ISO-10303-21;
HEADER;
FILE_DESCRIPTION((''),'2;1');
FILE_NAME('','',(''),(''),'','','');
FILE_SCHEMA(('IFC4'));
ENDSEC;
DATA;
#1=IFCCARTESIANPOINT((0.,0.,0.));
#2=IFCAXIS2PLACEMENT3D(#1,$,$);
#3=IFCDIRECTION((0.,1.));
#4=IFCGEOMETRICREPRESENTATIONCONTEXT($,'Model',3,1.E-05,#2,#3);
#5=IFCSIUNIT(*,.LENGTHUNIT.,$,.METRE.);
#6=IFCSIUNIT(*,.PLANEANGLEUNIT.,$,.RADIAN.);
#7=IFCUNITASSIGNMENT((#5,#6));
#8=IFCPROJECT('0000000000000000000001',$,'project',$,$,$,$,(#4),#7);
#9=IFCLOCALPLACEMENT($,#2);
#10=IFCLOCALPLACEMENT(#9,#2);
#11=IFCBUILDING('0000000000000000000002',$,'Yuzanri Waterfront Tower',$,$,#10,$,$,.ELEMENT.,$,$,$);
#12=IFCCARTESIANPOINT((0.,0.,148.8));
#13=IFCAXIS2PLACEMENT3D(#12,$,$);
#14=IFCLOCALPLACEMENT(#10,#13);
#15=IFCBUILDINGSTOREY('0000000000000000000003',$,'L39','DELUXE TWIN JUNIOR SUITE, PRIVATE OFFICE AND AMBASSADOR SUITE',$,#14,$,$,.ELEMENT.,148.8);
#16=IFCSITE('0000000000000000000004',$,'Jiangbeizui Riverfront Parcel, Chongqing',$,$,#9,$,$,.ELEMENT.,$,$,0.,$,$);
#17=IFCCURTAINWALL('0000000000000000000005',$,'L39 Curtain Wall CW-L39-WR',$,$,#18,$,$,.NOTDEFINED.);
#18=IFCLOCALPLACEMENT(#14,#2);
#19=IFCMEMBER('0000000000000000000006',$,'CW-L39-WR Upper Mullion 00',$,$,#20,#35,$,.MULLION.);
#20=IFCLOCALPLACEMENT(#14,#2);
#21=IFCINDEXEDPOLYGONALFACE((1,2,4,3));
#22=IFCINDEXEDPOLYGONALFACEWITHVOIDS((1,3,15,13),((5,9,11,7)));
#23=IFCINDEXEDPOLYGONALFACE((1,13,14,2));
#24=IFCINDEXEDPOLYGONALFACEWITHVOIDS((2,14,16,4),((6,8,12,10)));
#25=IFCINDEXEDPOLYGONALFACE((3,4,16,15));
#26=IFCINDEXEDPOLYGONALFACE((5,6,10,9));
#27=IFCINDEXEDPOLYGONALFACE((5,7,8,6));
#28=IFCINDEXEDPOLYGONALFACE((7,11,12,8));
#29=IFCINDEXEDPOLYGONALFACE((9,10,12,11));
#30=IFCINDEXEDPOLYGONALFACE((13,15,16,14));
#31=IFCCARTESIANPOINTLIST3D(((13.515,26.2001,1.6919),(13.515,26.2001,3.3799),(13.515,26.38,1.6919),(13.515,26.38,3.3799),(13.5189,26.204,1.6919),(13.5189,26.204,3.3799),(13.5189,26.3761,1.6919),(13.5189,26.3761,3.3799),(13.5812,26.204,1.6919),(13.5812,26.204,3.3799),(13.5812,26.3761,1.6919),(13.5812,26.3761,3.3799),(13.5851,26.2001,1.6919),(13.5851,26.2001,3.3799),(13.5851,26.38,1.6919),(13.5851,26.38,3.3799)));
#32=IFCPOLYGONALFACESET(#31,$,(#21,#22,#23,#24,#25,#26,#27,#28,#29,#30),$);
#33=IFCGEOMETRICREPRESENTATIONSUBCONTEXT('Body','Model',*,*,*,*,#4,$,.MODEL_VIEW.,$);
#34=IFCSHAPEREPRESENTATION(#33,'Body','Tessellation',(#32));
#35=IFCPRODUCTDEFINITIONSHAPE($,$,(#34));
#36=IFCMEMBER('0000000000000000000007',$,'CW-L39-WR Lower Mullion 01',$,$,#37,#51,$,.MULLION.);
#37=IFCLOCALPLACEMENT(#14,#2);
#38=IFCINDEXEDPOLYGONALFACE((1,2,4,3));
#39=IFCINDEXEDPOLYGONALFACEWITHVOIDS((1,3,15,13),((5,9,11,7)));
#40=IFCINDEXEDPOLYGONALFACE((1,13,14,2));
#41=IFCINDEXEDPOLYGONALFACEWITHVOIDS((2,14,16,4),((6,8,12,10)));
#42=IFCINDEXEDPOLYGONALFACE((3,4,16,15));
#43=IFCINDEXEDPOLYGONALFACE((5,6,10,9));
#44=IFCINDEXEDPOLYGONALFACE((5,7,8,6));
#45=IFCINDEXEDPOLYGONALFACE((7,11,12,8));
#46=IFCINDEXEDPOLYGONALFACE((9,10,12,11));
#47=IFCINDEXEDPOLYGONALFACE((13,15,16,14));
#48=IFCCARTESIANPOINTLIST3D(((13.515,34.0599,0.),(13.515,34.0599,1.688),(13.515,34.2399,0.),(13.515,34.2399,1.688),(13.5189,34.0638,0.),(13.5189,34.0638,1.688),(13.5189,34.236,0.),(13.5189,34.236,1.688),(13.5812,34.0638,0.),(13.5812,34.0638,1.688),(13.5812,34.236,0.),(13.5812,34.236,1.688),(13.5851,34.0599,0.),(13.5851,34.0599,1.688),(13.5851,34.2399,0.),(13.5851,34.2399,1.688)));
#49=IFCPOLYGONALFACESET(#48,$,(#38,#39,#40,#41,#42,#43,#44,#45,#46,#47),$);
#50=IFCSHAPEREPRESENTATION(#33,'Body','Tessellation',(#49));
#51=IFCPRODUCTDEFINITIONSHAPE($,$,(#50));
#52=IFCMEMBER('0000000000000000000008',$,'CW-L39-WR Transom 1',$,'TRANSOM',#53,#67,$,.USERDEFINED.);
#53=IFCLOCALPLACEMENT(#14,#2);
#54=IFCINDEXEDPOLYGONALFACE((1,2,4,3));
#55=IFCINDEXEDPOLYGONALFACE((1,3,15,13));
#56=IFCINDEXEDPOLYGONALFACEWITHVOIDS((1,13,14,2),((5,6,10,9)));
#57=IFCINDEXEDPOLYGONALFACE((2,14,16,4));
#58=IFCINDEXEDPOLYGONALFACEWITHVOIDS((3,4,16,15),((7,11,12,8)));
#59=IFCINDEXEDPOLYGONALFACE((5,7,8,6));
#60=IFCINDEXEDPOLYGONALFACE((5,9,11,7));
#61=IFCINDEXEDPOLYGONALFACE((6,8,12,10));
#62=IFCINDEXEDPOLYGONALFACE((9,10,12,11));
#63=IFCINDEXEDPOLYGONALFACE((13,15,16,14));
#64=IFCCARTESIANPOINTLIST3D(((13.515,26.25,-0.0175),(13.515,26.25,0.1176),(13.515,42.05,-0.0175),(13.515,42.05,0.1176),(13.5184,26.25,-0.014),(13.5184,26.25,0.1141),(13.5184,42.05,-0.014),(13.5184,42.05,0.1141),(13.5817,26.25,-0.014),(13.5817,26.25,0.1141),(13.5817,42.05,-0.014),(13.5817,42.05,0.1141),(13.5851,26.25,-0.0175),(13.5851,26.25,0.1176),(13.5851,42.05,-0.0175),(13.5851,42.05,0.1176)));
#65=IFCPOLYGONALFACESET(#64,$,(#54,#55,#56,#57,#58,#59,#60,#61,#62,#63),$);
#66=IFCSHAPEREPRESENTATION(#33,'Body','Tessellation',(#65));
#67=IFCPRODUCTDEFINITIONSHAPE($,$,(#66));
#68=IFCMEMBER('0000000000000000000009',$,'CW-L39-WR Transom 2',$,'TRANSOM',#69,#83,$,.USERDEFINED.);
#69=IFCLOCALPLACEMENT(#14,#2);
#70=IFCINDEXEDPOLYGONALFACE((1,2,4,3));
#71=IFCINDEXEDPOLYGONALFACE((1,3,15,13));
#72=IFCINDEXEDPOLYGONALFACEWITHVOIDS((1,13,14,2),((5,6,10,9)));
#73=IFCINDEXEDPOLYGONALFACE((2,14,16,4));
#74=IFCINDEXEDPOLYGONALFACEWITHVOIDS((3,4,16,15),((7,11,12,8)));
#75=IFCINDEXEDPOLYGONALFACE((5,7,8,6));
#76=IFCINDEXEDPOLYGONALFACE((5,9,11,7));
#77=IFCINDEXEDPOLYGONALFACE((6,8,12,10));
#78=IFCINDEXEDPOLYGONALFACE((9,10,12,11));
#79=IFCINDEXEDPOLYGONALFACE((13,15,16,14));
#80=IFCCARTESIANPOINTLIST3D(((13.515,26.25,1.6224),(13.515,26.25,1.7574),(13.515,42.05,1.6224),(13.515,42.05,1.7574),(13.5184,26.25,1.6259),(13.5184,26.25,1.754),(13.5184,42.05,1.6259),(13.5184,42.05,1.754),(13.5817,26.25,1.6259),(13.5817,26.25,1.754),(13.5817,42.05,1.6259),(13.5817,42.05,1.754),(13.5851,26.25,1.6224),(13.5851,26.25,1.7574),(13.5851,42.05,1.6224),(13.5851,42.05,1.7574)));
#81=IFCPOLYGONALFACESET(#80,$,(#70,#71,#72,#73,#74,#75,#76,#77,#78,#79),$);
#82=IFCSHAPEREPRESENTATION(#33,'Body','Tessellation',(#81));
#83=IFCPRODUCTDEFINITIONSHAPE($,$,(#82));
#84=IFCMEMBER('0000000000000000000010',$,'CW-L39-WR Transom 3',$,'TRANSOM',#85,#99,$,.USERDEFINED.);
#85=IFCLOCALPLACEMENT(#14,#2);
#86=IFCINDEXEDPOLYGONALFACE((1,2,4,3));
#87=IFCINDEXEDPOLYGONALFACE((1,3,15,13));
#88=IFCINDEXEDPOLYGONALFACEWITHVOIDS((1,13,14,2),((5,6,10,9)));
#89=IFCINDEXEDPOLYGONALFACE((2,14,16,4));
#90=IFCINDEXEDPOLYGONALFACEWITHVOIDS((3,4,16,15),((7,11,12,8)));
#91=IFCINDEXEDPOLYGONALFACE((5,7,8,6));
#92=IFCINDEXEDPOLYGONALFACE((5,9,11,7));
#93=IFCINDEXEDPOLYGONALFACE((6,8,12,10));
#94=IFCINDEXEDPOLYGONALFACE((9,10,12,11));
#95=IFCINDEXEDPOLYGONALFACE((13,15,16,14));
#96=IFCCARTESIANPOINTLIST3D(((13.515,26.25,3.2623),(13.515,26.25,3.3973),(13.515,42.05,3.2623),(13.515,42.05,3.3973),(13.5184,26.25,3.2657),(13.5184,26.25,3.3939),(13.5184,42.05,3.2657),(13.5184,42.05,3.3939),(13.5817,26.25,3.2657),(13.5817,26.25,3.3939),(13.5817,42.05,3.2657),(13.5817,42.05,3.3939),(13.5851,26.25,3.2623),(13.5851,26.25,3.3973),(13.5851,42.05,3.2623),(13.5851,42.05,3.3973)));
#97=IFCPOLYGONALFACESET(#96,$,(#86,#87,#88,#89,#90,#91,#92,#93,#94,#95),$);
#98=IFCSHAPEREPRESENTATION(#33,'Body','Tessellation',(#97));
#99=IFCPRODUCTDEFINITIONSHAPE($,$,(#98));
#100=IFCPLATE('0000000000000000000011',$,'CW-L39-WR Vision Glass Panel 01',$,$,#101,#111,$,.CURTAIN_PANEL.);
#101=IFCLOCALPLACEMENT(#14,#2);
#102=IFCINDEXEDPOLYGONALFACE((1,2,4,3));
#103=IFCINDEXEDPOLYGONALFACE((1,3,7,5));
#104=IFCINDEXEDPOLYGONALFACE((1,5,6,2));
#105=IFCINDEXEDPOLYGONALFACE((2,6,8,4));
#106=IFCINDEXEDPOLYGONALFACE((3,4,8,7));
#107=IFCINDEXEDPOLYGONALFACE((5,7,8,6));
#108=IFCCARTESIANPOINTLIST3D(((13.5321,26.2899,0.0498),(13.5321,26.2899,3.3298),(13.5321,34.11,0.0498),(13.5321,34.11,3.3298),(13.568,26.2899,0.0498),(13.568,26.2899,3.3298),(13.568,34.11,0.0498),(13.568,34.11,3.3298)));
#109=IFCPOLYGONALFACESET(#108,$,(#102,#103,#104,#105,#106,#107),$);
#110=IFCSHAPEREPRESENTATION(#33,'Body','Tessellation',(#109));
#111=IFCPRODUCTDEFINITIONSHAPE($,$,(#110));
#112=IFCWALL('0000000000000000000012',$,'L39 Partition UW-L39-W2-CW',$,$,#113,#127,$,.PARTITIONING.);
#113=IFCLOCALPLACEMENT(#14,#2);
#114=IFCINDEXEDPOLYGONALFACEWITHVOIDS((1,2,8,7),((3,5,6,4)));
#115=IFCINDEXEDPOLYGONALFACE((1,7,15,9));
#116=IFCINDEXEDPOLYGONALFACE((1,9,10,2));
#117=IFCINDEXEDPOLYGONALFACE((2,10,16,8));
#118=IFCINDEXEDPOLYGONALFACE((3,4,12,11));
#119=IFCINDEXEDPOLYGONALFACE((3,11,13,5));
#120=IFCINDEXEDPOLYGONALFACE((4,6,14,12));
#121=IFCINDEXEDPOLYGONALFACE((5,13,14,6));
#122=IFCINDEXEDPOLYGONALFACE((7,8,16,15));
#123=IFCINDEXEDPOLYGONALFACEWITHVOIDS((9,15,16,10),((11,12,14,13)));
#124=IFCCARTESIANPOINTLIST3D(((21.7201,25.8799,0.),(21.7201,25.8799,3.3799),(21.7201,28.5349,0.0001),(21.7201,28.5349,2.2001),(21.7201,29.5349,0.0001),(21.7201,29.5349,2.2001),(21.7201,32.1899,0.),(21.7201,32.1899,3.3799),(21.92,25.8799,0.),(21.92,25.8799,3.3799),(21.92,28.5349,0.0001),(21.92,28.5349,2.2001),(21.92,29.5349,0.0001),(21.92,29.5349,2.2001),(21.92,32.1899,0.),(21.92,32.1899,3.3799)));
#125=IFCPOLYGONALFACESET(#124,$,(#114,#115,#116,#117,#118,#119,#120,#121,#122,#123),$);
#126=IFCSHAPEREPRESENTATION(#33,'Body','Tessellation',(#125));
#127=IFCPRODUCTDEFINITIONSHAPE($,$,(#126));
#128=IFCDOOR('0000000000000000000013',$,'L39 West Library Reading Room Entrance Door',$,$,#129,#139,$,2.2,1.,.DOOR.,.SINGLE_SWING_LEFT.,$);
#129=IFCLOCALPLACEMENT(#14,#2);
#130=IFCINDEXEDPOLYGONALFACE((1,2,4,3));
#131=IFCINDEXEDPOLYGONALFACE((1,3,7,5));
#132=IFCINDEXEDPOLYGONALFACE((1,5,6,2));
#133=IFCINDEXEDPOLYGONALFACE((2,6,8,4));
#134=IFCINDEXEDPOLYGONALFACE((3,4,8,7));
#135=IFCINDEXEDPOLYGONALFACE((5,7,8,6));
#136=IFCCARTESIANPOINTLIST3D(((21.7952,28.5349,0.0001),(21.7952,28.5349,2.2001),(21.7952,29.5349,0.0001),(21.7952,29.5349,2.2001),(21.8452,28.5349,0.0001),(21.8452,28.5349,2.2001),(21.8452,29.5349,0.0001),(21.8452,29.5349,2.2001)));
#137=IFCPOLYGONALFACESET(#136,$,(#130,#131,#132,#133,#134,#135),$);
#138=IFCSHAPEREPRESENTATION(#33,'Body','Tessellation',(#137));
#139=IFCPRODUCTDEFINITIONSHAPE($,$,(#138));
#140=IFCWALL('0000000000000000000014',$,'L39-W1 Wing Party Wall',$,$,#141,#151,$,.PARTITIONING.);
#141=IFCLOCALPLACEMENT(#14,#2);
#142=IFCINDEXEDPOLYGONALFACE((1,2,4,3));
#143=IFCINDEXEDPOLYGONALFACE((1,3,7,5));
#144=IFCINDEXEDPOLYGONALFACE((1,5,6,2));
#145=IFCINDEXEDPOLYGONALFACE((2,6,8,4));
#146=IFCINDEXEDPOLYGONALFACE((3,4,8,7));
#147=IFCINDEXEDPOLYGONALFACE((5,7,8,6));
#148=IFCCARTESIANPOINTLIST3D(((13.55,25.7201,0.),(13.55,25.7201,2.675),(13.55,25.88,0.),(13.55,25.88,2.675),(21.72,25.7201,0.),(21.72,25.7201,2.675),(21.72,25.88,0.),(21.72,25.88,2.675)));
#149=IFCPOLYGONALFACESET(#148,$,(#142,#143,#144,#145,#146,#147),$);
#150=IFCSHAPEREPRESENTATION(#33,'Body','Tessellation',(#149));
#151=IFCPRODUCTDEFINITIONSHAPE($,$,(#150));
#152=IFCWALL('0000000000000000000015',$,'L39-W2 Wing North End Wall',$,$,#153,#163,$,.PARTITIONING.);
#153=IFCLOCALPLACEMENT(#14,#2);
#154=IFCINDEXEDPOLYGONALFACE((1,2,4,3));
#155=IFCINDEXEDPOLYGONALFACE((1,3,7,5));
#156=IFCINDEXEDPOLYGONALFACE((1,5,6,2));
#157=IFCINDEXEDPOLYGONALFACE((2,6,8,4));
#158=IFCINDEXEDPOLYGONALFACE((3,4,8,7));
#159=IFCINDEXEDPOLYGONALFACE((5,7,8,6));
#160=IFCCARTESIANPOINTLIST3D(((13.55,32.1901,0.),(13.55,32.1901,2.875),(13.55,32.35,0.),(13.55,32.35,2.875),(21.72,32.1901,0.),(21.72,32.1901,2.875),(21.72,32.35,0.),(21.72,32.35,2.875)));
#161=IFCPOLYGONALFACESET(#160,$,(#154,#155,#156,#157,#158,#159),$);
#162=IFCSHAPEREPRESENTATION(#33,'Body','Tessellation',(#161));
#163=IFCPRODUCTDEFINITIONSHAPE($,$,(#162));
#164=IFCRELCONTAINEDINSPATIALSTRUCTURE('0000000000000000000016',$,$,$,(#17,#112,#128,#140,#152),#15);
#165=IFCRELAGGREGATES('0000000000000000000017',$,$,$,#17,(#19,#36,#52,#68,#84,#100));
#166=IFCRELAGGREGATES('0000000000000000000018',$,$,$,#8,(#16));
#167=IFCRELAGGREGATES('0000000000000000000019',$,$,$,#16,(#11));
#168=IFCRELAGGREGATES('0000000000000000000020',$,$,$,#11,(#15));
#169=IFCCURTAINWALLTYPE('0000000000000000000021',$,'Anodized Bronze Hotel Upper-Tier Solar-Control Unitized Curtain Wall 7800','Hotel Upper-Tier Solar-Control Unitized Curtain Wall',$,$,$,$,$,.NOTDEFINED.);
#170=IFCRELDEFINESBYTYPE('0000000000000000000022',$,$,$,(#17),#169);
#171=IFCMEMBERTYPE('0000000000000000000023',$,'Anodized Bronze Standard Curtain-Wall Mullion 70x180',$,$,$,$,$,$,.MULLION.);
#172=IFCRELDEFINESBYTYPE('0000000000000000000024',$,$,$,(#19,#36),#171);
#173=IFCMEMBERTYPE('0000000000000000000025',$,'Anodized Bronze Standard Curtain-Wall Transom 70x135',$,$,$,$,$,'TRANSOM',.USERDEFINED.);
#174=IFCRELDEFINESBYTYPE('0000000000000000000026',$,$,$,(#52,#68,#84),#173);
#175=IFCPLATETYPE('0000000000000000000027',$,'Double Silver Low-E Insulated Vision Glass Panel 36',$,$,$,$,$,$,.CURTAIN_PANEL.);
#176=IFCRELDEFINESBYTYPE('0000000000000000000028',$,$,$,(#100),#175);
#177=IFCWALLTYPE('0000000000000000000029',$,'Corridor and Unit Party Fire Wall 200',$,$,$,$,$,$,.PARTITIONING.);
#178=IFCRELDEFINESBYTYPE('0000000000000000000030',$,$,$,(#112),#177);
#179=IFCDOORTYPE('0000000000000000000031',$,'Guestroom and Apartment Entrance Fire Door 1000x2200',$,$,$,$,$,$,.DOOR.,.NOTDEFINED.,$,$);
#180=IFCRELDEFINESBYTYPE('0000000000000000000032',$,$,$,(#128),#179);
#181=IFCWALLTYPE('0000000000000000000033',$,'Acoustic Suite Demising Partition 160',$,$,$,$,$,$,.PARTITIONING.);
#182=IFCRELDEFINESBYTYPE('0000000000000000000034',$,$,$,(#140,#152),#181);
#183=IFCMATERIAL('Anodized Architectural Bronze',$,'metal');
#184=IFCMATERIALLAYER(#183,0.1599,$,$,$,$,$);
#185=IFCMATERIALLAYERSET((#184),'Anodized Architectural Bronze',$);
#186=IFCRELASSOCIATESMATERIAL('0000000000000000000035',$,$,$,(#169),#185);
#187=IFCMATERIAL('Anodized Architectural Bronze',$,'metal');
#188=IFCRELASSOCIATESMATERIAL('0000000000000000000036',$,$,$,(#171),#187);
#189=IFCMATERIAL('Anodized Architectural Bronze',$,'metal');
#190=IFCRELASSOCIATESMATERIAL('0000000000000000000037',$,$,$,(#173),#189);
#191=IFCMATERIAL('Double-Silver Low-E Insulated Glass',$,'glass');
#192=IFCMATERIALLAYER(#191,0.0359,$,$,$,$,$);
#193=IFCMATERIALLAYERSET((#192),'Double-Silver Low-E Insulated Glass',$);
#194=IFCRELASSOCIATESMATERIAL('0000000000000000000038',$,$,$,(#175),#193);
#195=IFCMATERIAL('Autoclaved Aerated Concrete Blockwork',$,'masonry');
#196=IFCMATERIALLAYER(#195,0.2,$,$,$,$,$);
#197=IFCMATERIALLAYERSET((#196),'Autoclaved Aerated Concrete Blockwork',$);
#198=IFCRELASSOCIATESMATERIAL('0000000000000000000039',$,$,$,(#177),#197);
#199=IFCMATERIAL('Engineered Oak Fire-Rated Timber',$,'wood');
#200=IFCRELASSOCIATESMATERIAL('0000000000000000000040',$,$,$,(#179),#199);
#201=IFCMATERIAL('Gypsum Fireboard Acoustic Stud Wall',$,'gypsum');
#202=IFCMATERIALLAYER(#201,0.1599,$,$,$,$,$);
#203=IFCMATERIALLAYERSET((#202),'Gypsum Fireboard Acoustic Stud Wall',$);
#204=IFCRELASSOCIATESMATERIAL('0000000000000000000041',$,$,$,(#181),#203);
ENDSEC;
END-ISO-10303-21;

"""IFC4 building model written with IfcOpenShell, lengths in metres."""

from ifc_helpers import new_model, si_unit, direction, frame, frame_2d, origin, origin_2d, place, context, subcontext, project, spatial, rectangle, hollow_rectangle, extrude, source, transform, mapped, material, layer, layer_set, material_profile, profile_set, type_object, element, fill, aggregate, save


model = new_model("IFC4")

# Units and contexts
model_context = context("Model", 3, precision=1e-05, world=origin(), true_north=direction((0.0, 1.0)))
body_context = subcontext(model_context, "Body", "Model", "MODEL_VIEW")
ifc_project = project(units=[si_unit("LENGTHUNIT", "METRE"), si_unit("PLANEANGLEUNIT", "RADIAN")], contexts=[model_context])

# Site, building, storey
site_placement = place(None, origin())
site = spatial("IfcSite", under=ifc_project, at=site_placement, Name="Jiangbeizui Riverfront Parcel, Chongqing", CompositionType="ELEMENT", RefElevation=0.0)
building_placement = place(site_placement, origin())
building = spatial("IfcBuilding", under=site, at=building_placement, Name="Yuzanri Waterfront Tower", CompositionType="ELEMENT")
storey_placement = place(building_placement, frame((0.0, 0.0, 148.8)))
storey = spatial("IfcBuildingStorey", under=building, at=storey_placement, Name="L39", Description="DELUXE TWIN JUNIOR SUITE, PRIVATE OFFICE AND AMBASSADOR SUITE", CompositionType="ELEMENT", Elevation=148.8)

# Shared definitions
ifc_material_1 = material(Name="Anodized Architectural Bronze", Category="metal")
ifc_layer_1 = layer(ifc_material_1, 0.1599)
ifc_layer_set_1 = layer_set([ifc_layer_1], Name="Anodized Architectural Bronze")
curtain_wall_type = type_object("IfcCurtainWallType", Name="Anodized Bronze Hotel Upper-Tier Solar-Control Unitized Curtain Wall 7800", Description="Hotel Upper-Tier Solar-Control Unitized Curtain Wall", PredefinedType="NOTDEFINED", material=ifc_layer_set_1)
ifc_material_2 = material(Name="Anodized Architectural Bronze", Category="metal")
ifc_material_profile_1 = material_profile(ifc_material_2, hollow_rectangle(XDim=0.0701, YDim=0.1799, WallThickness=0.0039, at=origin_2d()), Name="CWM 70x180")
ifc_profile_set_1 = profile_set([ifc_material_profile_1], Name="Anodized Architectural Bronze")
member_type_1 = type_object("IfcMemberType", Name="Anodized Bronze Standard Curtain-Wall Mullion 70x180", PredefinedType="MULLION", material=ifc_profile_set_1)
shared_shape_1 = source(origin(), body_context, "Body", "SweptSolid", [
    extrude(hollow_rectangle(XDim=0.0701, YDim=0.1799, WallThickness=0.0039, at=origin_2d()), origin(), (0.0, 0.0, 1.0), 1.688),
])

# Curtain wall, members, plate
curtain_wall_1_placement = place(storey_placement, origin())
curtain_wall_1 = element("IfcCurtainWall", 1, at=curtain_wall_1_placement, inside=storey, type_object=curtain_wall_type, Name="L39 Curtain Wall CW-L39-WR", PredefinedType="NOTDEFINED")
member_1_placement = place(storey_placement, frame((13.55, 26.29, 1.6919), z_axis=(0.0, 0.0, 1.0), x_axis=(1.0, 0.0, 0.0)))
member_1 = element("IfcMember", 2, at=member_1_placement, type_object=member_type_1, Name="CW-L39-WR Upper Mullion 00", PredefinedType="MULLION", context=body_context, shape_type="MappedRepresentation", body=[
    mapped(shared_shape_1, transform((0.0, 0.0, 0.0), scale=1.0)),
])
member_2_placement = place(storey_placement, frame((13.55, 34.1499, 0.0), z_axis=(0.0, 0.0, 1.0), x_axis=(1.0, 0.0, 0.0)))
member_2 = element("IfcMember", 3, at=member_2_placement, type_object=member_type_1, Name="CW-L39-WR Lower Mullion 01", PredefinedType="MULLION", context=body_context, shape_type="MappedRepresentation", body=[
    mapped(shared_shape_1, transform((0.0, 0.0, 0.0), scale=1.0)),
])
ifc_material_3 = material(Name="Anodized Architectural Bronze", Category="metal")
ifc_material_profile_2 = material_profile(ifc_material_3, hollow_rectangle(XDim=0.0701, YDim=0.135, WallThickness=0.0034, at=origin_2d()), Name="CWT 70x135")
ifc_profile_set_2 = profile_set([ifc_material_profile_2], Name="Anodized Architectural Bronze")
member_type_2 = type_object("IfcMemberType", Name="Anodized Bronze Standard Curtain-Wall Transom 70x135", ElementType="TRANSOM", PredefinedType="USERDEFINED", material=ifc_profile_set_2)
shared_shape_2 = source(origin(), body_context, "Body", "SweptSolid", [
    extrude(hollow_rectangle(XDim=0.0701, YDim=0.135, WallThickness=0.0034, at=origin_2d()), origin(), (0.0, 0.0, 1.0), 15.8),
])
member_3_placement = place(storey_placement, frame((13.55, 26.25, 0.05), z_axis=(0.0, 1.0, 0.0), x_axis=(-1.0, 0.0, 0.0)))
member_3 = element("IfcMember", 4, at=member_3_placement, type_object=member_type_2, Name="CW-L39-WR Transom 1", ObjectType="TRANSOM", PredefinedType="USERDEFINED", context=body_context, shape_type="MappedRepresentation", body=[
    mapped(shared_shape_2, transform((0.0, 0.0, 0.0), scale=1.0)),
])
member_4_placement = place(storey_placement, frame((13.55, 26.25, 1.6899), z_axis=(0.0, 1.0, 0.0), x_axis=(-1.0, 0.0, 0.0)))
member_4 = element("IfcMember", 5, at=member_4_placement, type_object=member_type_2, Name="CW-L39-WR Transom 2", ObjectType="TRANSOM", PredefinedType="USERDEFINED", context=body_context, shape_type="MappedRepresentation", body=[
    mapped(shared_shape_2, transform((0.0, 0.0, 0.0), scale=1.0)),
])
member_5_placement = place(storey_placement, frame((13.55, 26.25, 3.3298), z_axis=(0.0, 1.0, 0.0), x_axis=(-1.0, 0.0, 0.0)))
member_5 = element("IfcMember", 6, at=member_5_placement, type_object=member_type_2, Name="CW-L39-WR Transom 3", ObjectType="TRANSOM", PredefinedType="USERDEFINED", context=body_context, shape_type="MappedRepresentation", body=[
    mapped(shared_shape_2, transform((0.0, 0.0, 0.0), scale=1.0)),
])
ifc_material_4 = material(Name="Double-Silver Low-E Insulated Glass", Category="glass")
ifc_layer_2 = layer(ifc_material_4, 0.0359)
ifc_layer_set_2 = layer_set([ifc_layer_2], Name="Double-Silver Low-E Insulated Glass")
plate_type = type_object("IfcPlateType", Name="Double Silver Low-E Insulated Vision Glass Panel 36", PredefinedType="CURTAIN_PANEL", material=ifc_layer_set_2)
shared_shape_3 = source(origin(), body_context, "Body", "SweptSolid", [
    extrude(rectangle(XDim=7.8201, YDim=0.0359, at=origin_2d()), origin(), (0.0, 0.0, 1.0), 3.28),
])
plate_placement = place(storey_placement, frame((13.55, 30.2, 0.0498), z_axis=(0.0, 0.0, 1.0), x_axis=(0.0, 1.0, 0.0)))
plate = element("IfcPlate", 7, at=plate_placement, type_object=plate_type, Name="CW-L39-WR Vision Glass Panel 01", PredefinedType="CURTAIN_PANEL", context=body_context, shape_type="MappedRepresentation", body=[
    mapped(shared_shape_3, transform((0.0, 0.0, 0.0), scale=1.0)),
])
aggregate(curtain_wall_1, [member_1, member_2, member_3, member_4, member_5, plate])

# Wall, opening, door
ifc_material_5 = material(Name="Autoclaved Aerated Concrete Blockwork", Category="masonry")
ifc_layer_3 = layer(ifc_material_5, 0.2)
ifc_layer_set_3 = layer_set([ifc_layer_3], Name="Autoclaved Aerated Concrete Blockwork")
wall_type_1 = type_object("IfcWallType", Name="Corridor and Unit Party Fire Wall 200", PredefinedType="PARTITIONING", material=ifc_layer_set_3)
wall_1_placement = place(storey_placement, frame((21.8201, 25.8799, 0.0), z_axis=(0.0, 0.0, 1.0), x_axis=(0.0, 1.0, 0.0)))
wall_1 = element("IfcWall", 8, at=wall_1_placement, inside=storey, type_object=wall_type_1, Name="L39 Partition UW-L39-W2-CW", PredefinedType="PARTITIONING", context=body_context, shape_type="SweptSolid", body=[
    extrude(rectangle(XDim=6.3101, YDim=0.2, at=frame_2d((3.155, 0.0))), origin(), (0.0, 0.0, 1.0), 3.3799),
])
opening_1_placement = place(wall_1_placement, frame((2.655, 0.0, 0.0)))
opening_1 = element("IfcOpeningElement", 9, at=opening_1_placement, cuts=wall_1, PredefinedType="OPENING", context=body_context, shape_type="SweptSolid", body=[
    extrude(rectangle(XDim=1.0, YDim=2.2, at=frame_2d((0.5, 1.1001))), frame((0.0, 0.1147, 0.0), z_axis=(0.0, -1.0, 0.0), x_axis=(1.0, 0.0, 0.0)), (0.0, 0.0, 1.0), 0.2297),
])
ifc_material_6 = material(Name="Engineered Oak Fire-Rated Timber", Category="wood")
door_type_1 = type_object("IfcDoorType", Name="Guestroom and Apartment Entrance Fire Door 1000x2200", OperationType="NOTDEFINED", PredefinedType="DOOR", material=ifc_material_6)
shared_shape_4 = source(origin(), body_context, "Body", "SweptSolid", [
    extrude(rectangle(XDim=1.0, YDim=2.2, at=frame_2d((0.5, 1.1001))), frame((0.0, 0.0249, 0.0), z_axis=(0.0, -1.0, 0.0), x_axis=(1.0, 0.0, 0.0)), (0.0, 0.0, 1.0), 0.05),
])
door_1_placement = place(opening_1_placement, origin())
door_1 = element("IfcDoor", 10, at=door_1_placement, inside=storey, type_object=door_type_1, Name="L39 West Library Reading Room Entrance Door", OperationType="SINGLE_SWING_LEFT", OverallHeight=2.2, OverallWidth=1.0, PredefinedType="DOOR", context=body_context, shape_type="MappedRepresentation", body=[
    mapped(shared_shape_4, transform((0.0, 0.0, 0.0), scale=1.0)),
])
fill(opening_1, door_1)

# Walls
ifc_material_7 = material(Name="Gypsum Fireboard Acoustic Stud Wall", Category="gypsum")
ifc_layer_4 = layer(ifc_material_7, 0.1599)
ifc_layer_set_4 = layer_set([ifc_layer_4], Name="Gypsum Fireboard Acoustic Stud Wall")
wall_type_2 = type_object("IfcWallType", Name="Acoustic Suite Demising Partition 160", PredefinedType="PARTITIONING", material=ifc_layer_set_4)
shared_shape_5 = source(origin(), body_context, "Body", "SweptSolid", [
    extrude(rectangle(XDim=8.1699, YDim=0.1599, at=frame_2d((4.085, 0.0))), origin(), (0.0, 0.0, 1.0), 2.675),
])
wall_2_placement = place(storey_placement, frame((13.55, 25.8, 0.0), z_axis=(0.0, 0.0, 1.0), x_axis=(1.0, 0.0, 0.0)))
element("IfcWall", 11, at=wall_2_placement, inside=storey, type_object=wall_type_2, Name="L39-W1 Wing Party Wall", PredefinedType="PARTITIONING", context=body_context, shape_type="MappedRepresentation", body=[
    mapped(shared_shape_5, transform((0.0, 0.0, 0.0), scale=1.0)),
])
shared_shape_6 = source(origin(), body_context, "Body", "SweptSolid", [
    extrude(rectangle(XDim=8.1699, YDim=0.1599, at=frame_2d((4.085, 0.0))), origin(), (0.0, 0.0, 1.0), 2.875),
])
wall_3_placement = place(storey_placement, frame((13.55, 32.27, 0.0), z_axis=(0.0, 0.0, 1.0), x_axis=(1.0, 0.0, 0.0)))
element("IfcWall", 12, at=wall_3_placement, inside=storey, type_object=wall_type_2, Name="L39-W2 Wing North End Wall", PredefinedType="PARTITIONING", context=body_context, shape_type="MappedRepresentation", body=[
    mapped(shared_shape_6, transform((0.0, 0.0, 0.0), scale=1.0)),
])

save(model, "model.ifc")
